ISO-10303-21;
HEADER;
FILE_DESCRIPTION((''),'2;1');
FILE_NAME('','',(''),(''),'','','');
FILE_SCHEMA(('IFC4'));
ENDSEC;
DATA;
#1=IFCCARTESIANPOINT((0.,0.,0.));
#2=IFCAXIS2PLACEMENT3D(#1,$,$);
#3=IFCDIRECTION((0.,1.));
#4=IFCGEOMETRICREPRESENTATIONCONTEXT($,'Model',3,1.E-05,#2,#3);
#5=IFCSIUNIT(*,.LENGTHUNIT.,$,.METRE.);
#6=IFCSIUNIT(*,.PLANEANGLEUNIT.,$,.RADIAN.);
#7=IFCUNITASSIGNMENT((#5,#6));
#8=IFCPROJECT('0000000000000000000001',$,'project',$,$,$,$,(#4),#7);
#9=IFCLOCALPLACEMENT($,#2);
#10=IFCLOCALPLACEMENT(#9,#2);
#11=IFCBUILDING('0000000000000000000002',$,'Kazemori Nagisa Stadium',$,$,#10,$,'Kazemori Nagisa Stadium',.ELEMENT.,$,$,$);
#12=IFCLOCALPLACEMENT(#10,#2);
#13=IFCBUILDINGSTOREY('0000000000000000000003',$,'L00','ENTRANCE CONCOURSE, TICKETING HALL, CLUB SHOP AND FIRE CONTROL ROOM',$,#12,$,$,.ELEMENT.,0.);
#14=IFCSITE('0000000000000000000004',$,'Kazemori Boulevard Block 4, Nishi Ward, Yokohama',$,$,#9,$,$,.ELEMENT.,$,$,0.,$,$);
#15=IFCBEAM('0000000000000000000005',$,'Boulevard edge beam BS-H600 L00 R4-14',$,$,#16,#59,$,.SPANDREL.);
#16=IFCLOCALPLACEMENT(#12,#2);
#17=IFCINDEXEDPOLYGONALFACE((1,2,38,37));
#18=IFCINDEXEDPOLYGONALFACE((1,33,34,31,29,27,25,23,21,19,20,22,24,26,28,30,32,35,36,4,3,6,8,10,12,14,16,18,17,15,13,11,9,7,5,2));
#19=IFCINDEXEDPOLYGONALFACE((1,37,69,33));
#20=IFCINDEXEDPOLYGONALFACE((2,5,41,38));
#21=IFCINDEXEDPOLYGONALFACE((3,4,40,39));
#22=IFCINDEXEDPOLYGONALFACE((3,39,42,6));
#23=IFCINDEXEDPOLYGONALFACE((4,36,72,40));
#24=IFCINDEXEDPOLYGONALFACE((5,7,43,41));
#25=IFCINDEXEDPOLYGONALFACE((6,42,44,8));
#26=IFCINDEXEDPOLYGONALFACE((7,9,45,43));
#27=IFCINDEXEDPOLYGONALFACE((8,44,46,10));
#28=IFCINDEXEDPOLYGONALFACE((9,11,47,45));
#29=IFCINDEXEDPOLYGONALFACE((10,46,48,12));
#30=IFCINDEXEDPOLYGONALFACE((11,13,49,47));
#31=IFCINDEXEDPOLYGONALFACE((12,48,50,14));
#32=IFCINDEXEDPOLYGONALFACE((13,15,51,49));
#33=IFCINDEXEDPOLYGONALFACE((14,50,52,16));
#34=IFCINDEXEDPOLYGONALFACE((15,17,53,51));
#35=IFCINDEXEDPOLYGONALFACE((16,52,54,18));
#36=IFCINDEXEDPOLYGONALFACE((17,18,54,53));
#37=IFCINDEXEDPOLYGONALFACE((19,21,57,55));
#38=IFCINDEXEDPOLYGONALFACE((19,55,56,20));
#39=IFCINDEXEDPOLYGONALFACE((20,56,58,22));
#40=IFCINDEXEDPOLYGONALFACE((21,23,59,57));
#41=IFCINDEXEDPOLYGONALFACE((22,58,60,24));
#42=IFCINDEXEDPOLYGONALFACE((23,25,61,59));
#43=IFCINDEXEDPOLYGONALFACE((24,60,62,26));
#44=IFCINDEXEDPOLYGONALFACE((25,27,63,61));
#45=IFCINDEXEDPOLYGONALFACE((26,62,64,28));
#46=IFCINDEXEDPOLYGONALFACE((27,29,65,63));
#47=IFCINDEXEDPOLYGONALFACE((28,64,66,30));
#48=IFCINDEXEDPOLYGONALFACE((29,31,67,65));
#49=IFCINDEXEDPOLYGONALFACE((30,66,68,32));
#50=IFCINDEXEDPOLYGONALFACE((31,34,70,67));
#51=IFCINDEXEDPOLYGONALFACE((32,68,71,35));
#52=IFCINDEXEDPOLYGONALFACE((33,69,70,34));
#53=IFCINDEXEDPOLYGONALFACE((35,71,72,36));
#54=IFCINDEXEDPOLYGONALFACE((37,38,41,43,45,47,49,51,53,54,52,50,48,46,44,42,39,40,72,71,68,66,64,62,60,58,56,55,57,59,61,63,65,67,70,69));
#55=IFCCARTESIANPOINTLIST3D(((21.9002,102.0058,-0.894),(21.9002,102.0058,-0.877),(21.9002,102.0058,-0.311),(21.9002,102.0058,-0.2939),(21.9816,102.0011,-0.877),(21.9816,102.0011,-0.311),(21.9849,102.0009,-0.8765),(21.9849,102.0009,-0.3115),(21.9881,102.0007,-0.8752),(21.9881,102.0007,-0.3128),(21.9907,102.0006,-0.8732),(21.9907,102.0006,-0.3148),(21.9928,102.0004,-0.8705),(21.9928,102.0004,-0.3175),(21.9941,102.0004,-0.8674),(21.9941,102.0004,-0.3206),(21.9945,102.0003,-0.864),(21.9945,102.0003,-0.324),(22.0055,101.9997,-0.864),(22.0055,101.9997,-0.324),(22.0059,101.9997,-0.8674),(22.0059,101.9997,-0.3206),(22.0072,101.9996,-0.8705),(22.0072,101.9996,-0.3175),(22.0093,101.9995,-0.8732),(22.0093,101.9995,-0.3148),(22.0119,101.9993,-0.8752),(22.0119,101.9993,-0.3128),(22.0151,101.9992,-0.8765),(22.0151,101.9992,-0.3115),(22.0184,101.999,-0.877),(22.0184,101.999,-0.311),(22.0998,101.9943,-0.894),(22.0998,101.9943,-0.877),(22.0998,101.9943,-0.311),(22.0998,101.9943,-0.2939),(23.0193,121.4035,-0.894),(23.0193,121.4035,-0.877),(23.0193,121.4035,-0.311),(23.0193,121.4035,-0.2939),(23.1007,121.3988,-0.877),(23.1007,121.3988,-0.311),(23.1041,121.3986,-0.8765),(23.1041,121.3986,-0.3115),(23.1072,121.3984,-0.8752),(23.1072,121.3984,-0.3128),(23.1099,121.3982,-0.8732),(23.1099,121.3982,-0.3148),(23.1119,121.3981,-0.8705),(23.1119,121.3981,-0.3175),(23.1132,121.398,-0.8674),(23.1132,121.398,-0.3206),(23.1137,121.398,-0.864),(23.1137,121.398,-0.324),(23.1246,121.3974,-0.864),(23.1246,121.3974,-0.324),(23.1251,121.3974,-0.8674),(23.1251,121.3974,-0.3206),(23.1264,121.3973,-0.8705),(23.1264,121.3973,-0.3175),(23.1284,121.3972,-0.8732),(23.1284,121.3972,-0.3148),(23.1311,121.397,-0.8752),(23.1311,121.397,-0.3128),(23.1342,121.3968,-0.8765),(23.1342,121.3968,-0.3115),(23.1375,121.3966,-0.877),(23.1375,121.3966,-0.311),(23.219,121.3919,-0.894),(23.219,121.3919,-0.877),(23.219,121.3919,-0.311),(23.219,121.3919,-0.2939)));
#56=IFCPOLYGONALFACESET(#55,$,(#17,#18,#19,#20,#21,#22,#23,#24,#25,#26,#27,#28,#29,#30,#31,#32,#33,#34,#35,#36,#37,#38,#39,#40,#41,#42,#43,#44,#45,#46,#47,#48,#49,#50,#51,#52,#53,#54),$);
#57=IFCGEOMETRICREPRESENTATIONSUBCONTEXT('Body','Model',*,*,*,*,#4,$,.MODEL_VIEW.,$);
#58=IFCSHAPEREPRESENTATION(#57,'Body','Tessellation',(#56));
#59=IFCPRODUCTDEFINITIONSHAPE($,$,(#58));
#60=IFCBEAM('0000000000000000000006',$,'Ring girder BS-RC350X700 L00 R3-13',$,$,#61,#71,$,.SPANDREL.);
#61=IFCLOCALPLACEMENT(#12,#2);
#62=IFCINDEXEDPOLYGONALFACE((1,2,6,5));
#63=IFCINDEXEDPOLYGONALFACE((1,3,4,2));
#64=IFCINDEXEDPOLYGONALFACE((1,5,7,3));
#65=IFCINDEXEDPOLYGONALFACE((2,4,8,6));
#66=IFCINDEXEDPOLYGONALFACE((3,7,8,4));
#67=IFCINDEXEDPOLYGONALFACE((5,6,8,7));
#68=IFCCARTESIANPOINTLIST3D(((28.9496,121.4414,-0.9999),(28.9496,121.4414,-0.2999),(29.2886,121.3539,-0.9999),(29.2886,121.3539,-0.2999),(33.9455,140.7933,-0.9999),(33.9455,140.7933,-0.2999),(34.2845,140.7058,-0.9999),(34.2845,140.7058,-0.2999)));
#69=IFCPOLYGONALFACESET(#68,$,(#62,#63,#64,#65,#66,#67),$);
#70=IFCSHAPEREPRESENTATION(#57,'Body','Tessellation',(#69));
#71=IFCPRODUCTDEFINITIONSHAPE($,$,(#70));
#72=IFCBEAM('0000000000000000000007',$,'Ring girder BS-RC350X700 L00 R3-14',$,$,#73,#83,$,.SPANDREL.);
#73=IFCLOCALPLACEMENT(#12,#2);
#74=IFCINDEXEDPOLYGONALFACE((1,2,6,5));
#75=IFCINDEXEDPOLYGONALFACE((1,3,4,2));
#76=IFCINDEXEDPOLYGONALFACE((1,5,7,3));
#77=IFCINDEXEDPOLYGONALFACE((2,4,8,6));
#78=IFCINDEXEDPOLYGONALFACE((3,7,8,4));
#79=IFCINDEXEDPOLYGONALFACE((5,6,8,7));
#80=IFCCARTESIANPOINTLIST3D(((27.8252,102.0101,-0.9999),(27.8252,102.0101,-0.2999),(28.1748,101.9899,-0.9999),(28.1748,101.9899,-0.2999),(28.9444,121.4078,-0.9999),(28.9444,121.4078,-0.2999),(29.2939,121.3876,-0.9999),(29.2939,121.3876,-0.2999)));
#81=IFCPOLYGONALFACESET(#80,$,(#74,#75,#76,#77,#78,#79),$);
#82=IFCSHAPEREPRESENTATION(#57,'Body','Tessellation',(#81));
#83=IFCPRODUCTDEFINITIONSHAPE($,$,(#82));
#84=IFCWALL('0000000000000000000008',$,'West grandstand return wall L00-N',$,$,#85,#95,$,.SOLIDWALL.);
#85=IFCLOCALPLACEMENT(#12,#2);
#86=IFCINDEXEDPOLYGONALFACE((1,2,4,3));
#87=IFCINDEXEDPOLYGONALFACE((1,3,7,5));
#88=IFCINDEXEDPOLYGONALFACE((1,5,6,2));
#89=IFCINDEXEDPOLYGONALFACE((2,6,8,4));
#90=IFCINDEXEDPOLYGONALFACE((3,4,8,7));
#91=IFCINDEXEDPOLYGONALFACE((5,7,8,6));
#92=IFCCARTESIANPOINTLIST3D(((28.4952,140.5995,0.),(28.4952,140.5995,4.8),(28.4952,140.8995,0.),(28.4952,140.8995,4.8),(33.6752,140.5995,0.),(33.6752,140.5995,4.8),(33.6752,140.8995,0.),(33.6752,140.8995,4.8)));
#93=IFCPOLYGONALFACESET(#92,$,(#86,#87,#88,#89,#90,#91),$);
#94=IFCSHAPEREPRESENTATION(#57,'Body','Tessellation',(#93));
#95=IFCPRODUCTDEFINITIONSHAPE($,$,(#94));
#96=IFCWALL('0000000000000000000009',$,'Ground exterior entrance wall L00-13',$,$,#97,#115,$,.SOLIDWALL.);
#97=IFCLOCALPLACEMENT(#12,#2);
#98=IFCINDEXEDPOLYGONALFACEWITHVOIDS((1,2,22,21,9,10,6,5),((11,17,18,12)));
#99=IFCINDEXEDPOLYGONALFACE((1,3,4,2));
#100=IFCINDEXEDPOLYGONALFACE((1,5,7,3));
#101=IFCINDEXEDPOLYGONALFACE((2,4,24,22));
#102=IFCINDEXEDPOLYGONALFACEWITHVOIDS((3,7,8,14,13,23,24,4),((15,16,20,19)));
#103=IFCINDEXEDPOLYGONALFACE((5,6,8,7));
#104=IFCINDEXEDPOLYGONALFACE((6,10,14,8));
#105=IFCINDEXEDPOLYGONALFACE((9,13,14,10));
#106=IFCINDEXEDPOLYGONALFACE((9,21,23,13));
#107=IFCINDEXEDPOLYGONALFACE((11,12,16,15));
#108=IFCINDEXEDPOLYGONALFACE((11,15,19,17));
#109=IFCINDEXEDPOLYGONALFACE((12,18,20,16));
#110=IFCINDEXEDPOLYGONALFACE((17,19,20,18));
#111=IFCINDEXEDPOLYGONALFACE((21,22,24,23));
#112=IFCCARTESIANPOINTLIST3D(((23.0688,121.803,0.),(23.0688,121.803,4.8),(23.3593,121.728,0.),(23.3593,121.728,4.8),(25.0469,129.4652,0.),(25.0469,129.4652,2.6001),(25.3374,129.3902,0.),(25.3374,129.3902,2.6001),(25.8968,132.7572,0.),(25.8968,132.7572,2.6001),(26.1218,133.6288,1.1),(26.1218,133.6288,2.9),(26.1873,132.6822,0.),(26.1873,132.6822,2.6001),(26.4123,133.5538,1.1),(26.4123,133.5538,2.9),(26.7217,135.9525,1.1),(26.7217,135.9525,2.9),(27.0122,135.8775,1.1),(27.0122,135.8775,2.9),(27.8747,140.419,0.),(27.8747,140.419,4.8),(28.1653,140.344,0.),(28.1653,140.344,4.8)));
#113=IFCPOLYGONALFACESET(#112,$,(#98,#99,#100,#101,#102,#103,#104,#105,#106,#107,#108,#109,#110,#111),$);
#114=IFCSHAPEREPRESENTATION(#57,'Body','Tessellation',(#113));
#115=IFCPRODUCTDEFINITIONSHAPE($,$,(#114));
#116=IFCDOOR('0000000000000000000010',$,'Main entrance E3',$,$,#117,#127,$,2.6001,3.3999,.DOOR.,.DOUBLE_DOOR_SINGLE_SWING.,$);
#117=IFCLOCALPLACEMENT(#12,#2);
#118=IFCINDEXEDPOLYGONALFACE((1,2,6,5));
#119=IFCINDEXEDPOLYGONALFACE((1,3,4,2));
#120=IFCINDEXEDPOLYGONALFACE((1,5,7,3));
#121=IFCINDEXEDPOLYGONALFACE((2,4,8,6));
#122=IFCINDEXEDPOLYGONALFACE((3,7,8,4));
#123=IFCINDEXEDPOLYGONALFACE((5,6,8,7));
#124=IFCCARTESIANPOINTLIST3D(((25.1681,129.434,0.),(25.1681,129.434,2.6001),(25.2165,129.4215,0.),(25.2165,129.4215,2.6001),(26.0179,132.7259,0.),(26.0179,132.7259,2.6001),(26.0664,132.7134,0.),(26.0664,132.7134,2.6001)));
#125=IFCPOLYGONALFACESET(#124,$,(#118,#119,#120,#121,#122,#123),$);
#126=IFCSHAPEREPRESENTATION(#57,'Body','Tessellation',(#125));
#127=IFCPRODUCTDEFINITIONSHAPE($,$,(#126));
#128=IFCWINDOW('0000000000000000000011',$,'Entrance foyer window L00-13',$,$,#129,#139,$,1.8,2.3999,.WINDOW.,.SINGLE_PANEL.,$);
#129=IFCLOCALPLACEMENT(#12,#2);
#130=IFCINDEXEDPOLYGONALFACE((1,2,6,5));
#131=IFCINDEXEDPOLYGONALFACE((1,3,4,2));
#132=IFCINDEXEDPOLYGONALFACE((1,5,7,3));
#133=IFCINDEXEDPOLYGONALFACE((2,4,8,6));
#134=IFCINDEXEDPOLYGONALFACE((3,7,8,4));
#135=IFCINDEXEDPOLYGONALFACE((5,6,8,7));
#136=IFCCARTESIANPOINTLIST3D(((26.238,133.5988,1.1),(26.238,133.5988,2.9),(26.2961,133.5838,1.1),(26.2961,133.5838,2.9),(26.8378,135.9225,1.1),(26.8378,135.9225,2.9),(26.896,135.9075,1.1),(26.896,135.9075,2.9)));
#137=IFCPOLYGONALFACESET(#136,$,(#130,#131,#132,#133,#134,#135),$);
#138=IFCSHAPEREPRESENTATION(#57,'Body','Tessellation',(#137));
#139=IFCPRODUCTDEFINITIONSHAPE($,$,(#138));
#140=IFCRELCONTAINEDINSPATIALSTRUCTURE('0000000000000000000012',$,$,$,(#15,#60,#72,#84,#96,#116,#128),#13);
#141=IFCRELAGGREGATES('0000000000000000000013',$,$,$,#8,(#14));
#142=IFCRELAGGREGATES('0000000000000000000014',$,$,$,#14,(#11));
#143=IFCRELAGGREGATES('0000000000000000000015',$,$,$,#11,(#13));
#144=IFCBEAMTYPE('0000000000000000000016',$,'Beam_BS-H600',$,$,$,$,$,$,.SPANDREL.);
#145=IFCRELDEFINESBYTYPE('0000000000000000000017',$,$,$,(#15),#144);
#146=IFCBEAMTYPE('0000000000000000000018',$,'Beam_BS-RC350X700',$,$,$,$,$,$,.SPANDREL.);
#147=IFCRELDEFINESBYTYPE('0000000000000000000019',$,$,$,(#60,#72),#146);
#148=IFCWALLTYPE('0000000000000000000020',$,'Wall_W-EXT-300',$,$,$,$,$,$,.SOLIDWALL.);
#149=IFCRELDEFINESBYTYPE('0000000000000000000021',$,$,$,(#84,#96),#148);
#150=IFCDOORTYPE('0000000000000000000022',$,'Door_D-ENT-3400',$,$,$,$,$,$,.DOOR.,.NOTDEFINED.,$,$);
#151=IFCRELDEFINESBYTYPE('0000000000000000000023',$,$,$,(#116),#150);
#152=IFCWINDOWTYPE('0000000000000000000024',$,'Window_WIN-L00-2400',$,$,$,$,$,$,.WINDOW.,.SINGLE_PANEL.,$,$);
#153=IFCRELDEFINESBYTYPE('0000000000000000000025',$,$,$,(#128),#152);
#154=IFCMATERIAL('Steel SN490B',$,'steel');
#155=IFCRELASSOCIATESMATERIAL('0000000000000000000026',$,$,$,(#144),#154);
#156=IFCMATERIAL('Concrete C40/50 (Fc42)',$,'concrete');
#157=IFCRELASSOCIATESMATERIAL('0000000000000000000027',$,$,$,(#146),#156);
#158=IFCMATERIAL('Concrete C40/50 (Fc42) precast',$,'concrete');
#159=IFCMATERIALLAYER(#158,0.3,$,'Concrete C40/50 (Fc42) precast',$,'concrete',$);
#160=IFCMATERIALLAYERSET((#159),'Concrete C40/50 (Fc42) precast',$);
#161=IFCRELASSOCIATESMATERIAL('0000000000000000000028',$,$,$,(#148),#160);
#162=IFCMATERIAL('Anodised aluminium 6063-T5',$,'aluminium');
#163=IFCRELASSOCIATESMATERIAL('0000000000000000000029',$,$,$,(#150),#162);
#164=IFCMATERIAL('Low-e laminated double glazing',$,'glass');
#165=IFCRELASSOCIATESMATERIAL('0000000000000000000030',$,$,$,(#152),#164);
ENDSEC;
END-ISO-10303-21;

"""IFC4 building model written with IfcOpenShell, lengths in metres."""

from ifc_helpers import new_model, si_unit, direction, frame, frame_2d, origin, origin_2d, place, context, subcontext, project, spatial, rectangle, i_section, extrude, material, layer, layer_set, material_profile, profile_set, type_object, element, fill, save


model = new_model("IFC4")

# Units and contexts
model_context = context("Model", 3, precision=1e-05, world=origin(), true_north=direction((0.0, 1.0)))
body_context = subcontext(model_context, "Body", "Model", "MODEL_VIEW")
ifc_project = project(units=[si_unit("LENGTHUNIT", "METRE"), si_unit("PLANEANGLEUNIT", "RADIAN")], contexts=[model_context])

# Site, building, storey
site_placement = place(None, origin())
site = spatial("IfcSite", under=ifc_project, at=site_placement, Name="Kazemori Boulevard Block 4, Nishi Ward, Yokohama", CompositionType="ELEMENT", RefElevation=0.0)
building_placement = place(site_placement, origin())
building = spatial("IfcBuilding", under=site, at=building_placement, Name="Kazemori Nagisa Stadium", LongName="Kazemori Nagisa Stadium", CompositionType="ELEMENT")
storey_placement = place(building_placement, origin())
storey = spatial("IfcBuildingStorey", under=building, at=storey_placement, Name="L00", Description="ENTRANCE CONCOURSE, TICKETING HALL, CLUB SHOP AND FIRE CONTROL ROOM", CompositionType="ELEMENT", Elevation=0.0)

# Shared definitions
ifc_material_1 = material(Name="Concrete C40/50 (Fc42)", Category="concrete")

# Beams
ifc_material_2 = material(Name="Steel SN490B", Category="steel")
ifc_material_profile_1 = material_profile(ifc_material_2, i_section(OverallWidth=0.2, OverallDepth=0.6001, WebThickness=0.011, FlangeThickness=0.0171, FilletRadius=0.0129, at=origin_2d()), Name="H-600x200x11x17")
ifc_profile_set_1 = profile_set([ifc_material_profile_1], Name="Steel SN490B")
beam_type_1 = type_object("IfcBeamType", Name="Beam_BS-H600", PredefinedType="SPANDREL", material=ifc_profile_set_1)
beam_1_placement = place(storey_placement, frame((23.1191, 121.3977, -0.594), z_axis=(-0.057599, -0.99834, 0.0), x_axis=(0.99834, -0.057599, 0.0)))
element("IfcBeam", 1, at=beam_1_placement, inside=storey, type_object=beam_type_1, Name="Boulevard edge beam BS-H600 L00 R4-14", PredefinedType="SPANDREL", context=body_context, shape_type="SweptSolid", body=[
    extrude(i_section(OverallWidth=0.2, OverallDepth=0.6001, WebThickness=0.011, FlangeThickness=0.0171, FilletRadius=0.0129, at=origin_2d()), origin(), (0.0, 0.0, 1.0), 19.4299),
])
ifc_material_profile_2 = material_profile(ifc_material_1, rectangle(XDim=0.3501, YDim=0.7, at=origin_2d()), Name="RC-SP-350x700")
ifc_profile_set_2 = profile_set([ifc_material_profile_2], Name="Concrete C40/50 (Fc42)")
beam_type_2 = type_object("IfcBeamType", Name="Beam_BS-RC350X700", PredefinedType="SPANDREL", material=ifc_profile_set_2)
beam_2_placement = place(storey_placement, frame((34.115, 140.7495, -0.6499), z_axis=(-0.249964, -0.968255, 0.0), x_axis=(0.968255, -0.249964, 0.0)))
element("IfcBeam", 2, at=beam_2_placement, inside=storey, type_object=beam_type_2, Name="Ring girder BS-RC350X700 L00 R3-13", PredefinedType="SPANDREL", context=body_context, shape_type="SweptSolid", body=[
    extrude(rectangle(XDim=0.3501, YDim=0.7, at=origin_2d()), origin(), (0.0, 0.0, 1.0), 19.9863),
])
beam_3_placement = place(storey_placement, frame((29.1191, 121.3977, -0.6499), z_axis=(-0.057599, -0.99834, 0.0), x_axis=(0.99834, -0.057599, 0.0)))
element("IfcBeam", 3, at=beam_3_placement, inside=storey, type_object=beam_type_2, Name="Ring girder BS-RC350X700 L00 R3-14", PredefinedType="SPANDREL", context=body_context, shape_type="SweptSolid", body=[
    extrude(rectangle(XDim=0.3501, YDim=0.7, at=origin_2d()), origin(), (0.0, 0.0, 1.0), 19.4299),
])

# Wall
ifc_material_3 = material(Name="Concrete C40/50 (Fc42) precast", Category="concrete")
ifc_layer_1 = layer(ifc_material_3, 0.3, Name="Concrete C40/50 (Fc42) precast", Category="concrete")
ifc_layer_set_1 = layer_set([ifc_layer_1], Name="Concrete C40/50 (Fc42) precast")
wall_type_1 = type_object("IfcWallType", Name="Wall_W-EXT-300", PredefinedType="SOLIDWALL", material=ifc_layer_set_1)
wall_1_placement = place(storey_placement, frame((33.675, 140.7495, 0.0), z_axis=(0.0, 0.0, 1.0), x_axis=(-1.0, 0.0, 0.0)))
element("IfcWall", 4, at=wall_1_placement, inside=storey, type_object=wall_type_1, Name="West grandstand return wall L00-N", PredefinedType="SOLIDWALL", context=body_context, shape_type="SweptSolid", body=[
    extrude(rectangle(XDim=5.1799, YDim=0.3, at=frame_2d((2.5898, 0.0))), origin(), (0.0, 0.0, 1.0), 4.8),
])

# Wall, openings, door, window
wall_2_placement = place(storey_placement, frame((28.02, 140.3816, 0.0), z_axis=(0.0, 0.0, 1.0), x_axis=(-0.249965, -0.968255, 0.0)))
wall_2 = element("IfcWall", 5, at=wall_2_placement, inside=storey, type_object=wall_type_1, Name="Ground exterior entrance wall L00-13", PredefinedType="SOLIDWALL", context=body_context, shape_type="SweptSolid", body=[
    extrude(rectangle(XDim=19.2263, YDim=0.3, at=frame_2d((9.6133, 0.0))), origin(), (0.0, 0.0, 1.0), 4.8),
])
opening_1_placement = place(wall_2_placement, frame((7.9131, 0.0, 0.0)))
opening_1 = element("IfcOpeningElement", 6, at=opening_1_placement, cuts=wall_2, PredefinedType="OPENING", context=body_context, shape_type="SweptSolid", body=[
    extrude(rectangle(XDim=3.3999, YDim=2.6001, at=frame_2d((1.7, 1.3))), frame((0.0, 0.1599, 0.0), z_axis=(0.0, -1.0, 0.0), x_axis=(1.0, 0.0, 0.0)), (0.0, 0.0, 1.0), 0.3201),
])
opening_2_placement = place(wall_2_placement, frame((4.613, 0.0, 1.1001)))
opening_2 = element("IfcOpeningElement", 7, at=opening_2_placement, cuts=wall_2, PredefinedType="OPENING", context=body_context, shape_type="SweptSolid", body=[
    extrude(rectangle(XDim=2.3999, YDim=1.8, at=frame_2d((1.2, 0.8999))), frame((0.0, 0.1599, 0.0), z_axis=(0.0, -1.0, 0.0), x_axis=(1.0, 0.0, 0.0)), (0.0, 0.0, 1.0), 0.3201),
])
ifc_material_4 = material(Name="Anodised aluminium 6063-T5", Category="aluminium")
door_type = type_object("IfcDoorType", Name="Door_D-ENT-3400", OperationType="NOTDEFINED", PredefinedType="DOOR", material=ifc_material_4)
door_1_placement = place(opening_1_placement, frame((3.3999, 0.0, 0.0), z_axis=(0.0, 0.0, 1.0), x_axis=(-1.0, 0.0, 0.0)))
door_1 = element("IfcDoor", 8, at=door_1_placement, inside=storey, type_object=door_type, Name="Main entrance E3", OperationType="DOUBLE_DOOR_SINGLE_SWING", OverallHeight=2.6001, OverallWidth=3.3999, PredefinedType="DOOR", context=body_context, shape_type="SweptSolid", body=[
    extrude(rectangle(XDim=3.3999, YDim=2.6001, at=frame_2d((1.7, 1.3))), frame((0.0, 0.0249, 0.0), z_axis=(0.0, -1.0, 0.0), x_axis=(1.0, 0.0, 0.0)), (0.0, 0.0, 1.0), 0.05),
])
fill(opening_1, door_1)
ifc_material_5 = material(Name="Low-e laminated double glazing", Category="glass")
window_type = type_object("IfcWindowType", Name="Window_WIN-L00-2400", PartitioningType="SINGLE_PANEL", PredefinedType="WINDOW", material=ifc_material_5)
window_1_placement = place(opening_2_placement, origin())
window_1 = element("IfcWindow", 9, at=window_1_placement, inside=storey, type_object=window_type, Name="Entrance foyer window L00-13", OverallHeight=1.8, OverallWidth=2.3999, PartitioningType="SINGLE_PANEL", PredefinedType="WINDOW", context=body_context, shape_type="SweptSolid", body=[
    extrude(rectangle(XDim=2.3999, YDim=1.8, at=frame_2d((1.2, 0.8999))), frame((0.0, 0.03, 0.0), z_axis=(0.0, -1.0, 0.0), x_axis=(1.0, 0.0, 0.0)), (0.0, 0.0, 1.0), 0.0601),
])
fill(opening_2, window_1)

save(model, "model.ifc")
